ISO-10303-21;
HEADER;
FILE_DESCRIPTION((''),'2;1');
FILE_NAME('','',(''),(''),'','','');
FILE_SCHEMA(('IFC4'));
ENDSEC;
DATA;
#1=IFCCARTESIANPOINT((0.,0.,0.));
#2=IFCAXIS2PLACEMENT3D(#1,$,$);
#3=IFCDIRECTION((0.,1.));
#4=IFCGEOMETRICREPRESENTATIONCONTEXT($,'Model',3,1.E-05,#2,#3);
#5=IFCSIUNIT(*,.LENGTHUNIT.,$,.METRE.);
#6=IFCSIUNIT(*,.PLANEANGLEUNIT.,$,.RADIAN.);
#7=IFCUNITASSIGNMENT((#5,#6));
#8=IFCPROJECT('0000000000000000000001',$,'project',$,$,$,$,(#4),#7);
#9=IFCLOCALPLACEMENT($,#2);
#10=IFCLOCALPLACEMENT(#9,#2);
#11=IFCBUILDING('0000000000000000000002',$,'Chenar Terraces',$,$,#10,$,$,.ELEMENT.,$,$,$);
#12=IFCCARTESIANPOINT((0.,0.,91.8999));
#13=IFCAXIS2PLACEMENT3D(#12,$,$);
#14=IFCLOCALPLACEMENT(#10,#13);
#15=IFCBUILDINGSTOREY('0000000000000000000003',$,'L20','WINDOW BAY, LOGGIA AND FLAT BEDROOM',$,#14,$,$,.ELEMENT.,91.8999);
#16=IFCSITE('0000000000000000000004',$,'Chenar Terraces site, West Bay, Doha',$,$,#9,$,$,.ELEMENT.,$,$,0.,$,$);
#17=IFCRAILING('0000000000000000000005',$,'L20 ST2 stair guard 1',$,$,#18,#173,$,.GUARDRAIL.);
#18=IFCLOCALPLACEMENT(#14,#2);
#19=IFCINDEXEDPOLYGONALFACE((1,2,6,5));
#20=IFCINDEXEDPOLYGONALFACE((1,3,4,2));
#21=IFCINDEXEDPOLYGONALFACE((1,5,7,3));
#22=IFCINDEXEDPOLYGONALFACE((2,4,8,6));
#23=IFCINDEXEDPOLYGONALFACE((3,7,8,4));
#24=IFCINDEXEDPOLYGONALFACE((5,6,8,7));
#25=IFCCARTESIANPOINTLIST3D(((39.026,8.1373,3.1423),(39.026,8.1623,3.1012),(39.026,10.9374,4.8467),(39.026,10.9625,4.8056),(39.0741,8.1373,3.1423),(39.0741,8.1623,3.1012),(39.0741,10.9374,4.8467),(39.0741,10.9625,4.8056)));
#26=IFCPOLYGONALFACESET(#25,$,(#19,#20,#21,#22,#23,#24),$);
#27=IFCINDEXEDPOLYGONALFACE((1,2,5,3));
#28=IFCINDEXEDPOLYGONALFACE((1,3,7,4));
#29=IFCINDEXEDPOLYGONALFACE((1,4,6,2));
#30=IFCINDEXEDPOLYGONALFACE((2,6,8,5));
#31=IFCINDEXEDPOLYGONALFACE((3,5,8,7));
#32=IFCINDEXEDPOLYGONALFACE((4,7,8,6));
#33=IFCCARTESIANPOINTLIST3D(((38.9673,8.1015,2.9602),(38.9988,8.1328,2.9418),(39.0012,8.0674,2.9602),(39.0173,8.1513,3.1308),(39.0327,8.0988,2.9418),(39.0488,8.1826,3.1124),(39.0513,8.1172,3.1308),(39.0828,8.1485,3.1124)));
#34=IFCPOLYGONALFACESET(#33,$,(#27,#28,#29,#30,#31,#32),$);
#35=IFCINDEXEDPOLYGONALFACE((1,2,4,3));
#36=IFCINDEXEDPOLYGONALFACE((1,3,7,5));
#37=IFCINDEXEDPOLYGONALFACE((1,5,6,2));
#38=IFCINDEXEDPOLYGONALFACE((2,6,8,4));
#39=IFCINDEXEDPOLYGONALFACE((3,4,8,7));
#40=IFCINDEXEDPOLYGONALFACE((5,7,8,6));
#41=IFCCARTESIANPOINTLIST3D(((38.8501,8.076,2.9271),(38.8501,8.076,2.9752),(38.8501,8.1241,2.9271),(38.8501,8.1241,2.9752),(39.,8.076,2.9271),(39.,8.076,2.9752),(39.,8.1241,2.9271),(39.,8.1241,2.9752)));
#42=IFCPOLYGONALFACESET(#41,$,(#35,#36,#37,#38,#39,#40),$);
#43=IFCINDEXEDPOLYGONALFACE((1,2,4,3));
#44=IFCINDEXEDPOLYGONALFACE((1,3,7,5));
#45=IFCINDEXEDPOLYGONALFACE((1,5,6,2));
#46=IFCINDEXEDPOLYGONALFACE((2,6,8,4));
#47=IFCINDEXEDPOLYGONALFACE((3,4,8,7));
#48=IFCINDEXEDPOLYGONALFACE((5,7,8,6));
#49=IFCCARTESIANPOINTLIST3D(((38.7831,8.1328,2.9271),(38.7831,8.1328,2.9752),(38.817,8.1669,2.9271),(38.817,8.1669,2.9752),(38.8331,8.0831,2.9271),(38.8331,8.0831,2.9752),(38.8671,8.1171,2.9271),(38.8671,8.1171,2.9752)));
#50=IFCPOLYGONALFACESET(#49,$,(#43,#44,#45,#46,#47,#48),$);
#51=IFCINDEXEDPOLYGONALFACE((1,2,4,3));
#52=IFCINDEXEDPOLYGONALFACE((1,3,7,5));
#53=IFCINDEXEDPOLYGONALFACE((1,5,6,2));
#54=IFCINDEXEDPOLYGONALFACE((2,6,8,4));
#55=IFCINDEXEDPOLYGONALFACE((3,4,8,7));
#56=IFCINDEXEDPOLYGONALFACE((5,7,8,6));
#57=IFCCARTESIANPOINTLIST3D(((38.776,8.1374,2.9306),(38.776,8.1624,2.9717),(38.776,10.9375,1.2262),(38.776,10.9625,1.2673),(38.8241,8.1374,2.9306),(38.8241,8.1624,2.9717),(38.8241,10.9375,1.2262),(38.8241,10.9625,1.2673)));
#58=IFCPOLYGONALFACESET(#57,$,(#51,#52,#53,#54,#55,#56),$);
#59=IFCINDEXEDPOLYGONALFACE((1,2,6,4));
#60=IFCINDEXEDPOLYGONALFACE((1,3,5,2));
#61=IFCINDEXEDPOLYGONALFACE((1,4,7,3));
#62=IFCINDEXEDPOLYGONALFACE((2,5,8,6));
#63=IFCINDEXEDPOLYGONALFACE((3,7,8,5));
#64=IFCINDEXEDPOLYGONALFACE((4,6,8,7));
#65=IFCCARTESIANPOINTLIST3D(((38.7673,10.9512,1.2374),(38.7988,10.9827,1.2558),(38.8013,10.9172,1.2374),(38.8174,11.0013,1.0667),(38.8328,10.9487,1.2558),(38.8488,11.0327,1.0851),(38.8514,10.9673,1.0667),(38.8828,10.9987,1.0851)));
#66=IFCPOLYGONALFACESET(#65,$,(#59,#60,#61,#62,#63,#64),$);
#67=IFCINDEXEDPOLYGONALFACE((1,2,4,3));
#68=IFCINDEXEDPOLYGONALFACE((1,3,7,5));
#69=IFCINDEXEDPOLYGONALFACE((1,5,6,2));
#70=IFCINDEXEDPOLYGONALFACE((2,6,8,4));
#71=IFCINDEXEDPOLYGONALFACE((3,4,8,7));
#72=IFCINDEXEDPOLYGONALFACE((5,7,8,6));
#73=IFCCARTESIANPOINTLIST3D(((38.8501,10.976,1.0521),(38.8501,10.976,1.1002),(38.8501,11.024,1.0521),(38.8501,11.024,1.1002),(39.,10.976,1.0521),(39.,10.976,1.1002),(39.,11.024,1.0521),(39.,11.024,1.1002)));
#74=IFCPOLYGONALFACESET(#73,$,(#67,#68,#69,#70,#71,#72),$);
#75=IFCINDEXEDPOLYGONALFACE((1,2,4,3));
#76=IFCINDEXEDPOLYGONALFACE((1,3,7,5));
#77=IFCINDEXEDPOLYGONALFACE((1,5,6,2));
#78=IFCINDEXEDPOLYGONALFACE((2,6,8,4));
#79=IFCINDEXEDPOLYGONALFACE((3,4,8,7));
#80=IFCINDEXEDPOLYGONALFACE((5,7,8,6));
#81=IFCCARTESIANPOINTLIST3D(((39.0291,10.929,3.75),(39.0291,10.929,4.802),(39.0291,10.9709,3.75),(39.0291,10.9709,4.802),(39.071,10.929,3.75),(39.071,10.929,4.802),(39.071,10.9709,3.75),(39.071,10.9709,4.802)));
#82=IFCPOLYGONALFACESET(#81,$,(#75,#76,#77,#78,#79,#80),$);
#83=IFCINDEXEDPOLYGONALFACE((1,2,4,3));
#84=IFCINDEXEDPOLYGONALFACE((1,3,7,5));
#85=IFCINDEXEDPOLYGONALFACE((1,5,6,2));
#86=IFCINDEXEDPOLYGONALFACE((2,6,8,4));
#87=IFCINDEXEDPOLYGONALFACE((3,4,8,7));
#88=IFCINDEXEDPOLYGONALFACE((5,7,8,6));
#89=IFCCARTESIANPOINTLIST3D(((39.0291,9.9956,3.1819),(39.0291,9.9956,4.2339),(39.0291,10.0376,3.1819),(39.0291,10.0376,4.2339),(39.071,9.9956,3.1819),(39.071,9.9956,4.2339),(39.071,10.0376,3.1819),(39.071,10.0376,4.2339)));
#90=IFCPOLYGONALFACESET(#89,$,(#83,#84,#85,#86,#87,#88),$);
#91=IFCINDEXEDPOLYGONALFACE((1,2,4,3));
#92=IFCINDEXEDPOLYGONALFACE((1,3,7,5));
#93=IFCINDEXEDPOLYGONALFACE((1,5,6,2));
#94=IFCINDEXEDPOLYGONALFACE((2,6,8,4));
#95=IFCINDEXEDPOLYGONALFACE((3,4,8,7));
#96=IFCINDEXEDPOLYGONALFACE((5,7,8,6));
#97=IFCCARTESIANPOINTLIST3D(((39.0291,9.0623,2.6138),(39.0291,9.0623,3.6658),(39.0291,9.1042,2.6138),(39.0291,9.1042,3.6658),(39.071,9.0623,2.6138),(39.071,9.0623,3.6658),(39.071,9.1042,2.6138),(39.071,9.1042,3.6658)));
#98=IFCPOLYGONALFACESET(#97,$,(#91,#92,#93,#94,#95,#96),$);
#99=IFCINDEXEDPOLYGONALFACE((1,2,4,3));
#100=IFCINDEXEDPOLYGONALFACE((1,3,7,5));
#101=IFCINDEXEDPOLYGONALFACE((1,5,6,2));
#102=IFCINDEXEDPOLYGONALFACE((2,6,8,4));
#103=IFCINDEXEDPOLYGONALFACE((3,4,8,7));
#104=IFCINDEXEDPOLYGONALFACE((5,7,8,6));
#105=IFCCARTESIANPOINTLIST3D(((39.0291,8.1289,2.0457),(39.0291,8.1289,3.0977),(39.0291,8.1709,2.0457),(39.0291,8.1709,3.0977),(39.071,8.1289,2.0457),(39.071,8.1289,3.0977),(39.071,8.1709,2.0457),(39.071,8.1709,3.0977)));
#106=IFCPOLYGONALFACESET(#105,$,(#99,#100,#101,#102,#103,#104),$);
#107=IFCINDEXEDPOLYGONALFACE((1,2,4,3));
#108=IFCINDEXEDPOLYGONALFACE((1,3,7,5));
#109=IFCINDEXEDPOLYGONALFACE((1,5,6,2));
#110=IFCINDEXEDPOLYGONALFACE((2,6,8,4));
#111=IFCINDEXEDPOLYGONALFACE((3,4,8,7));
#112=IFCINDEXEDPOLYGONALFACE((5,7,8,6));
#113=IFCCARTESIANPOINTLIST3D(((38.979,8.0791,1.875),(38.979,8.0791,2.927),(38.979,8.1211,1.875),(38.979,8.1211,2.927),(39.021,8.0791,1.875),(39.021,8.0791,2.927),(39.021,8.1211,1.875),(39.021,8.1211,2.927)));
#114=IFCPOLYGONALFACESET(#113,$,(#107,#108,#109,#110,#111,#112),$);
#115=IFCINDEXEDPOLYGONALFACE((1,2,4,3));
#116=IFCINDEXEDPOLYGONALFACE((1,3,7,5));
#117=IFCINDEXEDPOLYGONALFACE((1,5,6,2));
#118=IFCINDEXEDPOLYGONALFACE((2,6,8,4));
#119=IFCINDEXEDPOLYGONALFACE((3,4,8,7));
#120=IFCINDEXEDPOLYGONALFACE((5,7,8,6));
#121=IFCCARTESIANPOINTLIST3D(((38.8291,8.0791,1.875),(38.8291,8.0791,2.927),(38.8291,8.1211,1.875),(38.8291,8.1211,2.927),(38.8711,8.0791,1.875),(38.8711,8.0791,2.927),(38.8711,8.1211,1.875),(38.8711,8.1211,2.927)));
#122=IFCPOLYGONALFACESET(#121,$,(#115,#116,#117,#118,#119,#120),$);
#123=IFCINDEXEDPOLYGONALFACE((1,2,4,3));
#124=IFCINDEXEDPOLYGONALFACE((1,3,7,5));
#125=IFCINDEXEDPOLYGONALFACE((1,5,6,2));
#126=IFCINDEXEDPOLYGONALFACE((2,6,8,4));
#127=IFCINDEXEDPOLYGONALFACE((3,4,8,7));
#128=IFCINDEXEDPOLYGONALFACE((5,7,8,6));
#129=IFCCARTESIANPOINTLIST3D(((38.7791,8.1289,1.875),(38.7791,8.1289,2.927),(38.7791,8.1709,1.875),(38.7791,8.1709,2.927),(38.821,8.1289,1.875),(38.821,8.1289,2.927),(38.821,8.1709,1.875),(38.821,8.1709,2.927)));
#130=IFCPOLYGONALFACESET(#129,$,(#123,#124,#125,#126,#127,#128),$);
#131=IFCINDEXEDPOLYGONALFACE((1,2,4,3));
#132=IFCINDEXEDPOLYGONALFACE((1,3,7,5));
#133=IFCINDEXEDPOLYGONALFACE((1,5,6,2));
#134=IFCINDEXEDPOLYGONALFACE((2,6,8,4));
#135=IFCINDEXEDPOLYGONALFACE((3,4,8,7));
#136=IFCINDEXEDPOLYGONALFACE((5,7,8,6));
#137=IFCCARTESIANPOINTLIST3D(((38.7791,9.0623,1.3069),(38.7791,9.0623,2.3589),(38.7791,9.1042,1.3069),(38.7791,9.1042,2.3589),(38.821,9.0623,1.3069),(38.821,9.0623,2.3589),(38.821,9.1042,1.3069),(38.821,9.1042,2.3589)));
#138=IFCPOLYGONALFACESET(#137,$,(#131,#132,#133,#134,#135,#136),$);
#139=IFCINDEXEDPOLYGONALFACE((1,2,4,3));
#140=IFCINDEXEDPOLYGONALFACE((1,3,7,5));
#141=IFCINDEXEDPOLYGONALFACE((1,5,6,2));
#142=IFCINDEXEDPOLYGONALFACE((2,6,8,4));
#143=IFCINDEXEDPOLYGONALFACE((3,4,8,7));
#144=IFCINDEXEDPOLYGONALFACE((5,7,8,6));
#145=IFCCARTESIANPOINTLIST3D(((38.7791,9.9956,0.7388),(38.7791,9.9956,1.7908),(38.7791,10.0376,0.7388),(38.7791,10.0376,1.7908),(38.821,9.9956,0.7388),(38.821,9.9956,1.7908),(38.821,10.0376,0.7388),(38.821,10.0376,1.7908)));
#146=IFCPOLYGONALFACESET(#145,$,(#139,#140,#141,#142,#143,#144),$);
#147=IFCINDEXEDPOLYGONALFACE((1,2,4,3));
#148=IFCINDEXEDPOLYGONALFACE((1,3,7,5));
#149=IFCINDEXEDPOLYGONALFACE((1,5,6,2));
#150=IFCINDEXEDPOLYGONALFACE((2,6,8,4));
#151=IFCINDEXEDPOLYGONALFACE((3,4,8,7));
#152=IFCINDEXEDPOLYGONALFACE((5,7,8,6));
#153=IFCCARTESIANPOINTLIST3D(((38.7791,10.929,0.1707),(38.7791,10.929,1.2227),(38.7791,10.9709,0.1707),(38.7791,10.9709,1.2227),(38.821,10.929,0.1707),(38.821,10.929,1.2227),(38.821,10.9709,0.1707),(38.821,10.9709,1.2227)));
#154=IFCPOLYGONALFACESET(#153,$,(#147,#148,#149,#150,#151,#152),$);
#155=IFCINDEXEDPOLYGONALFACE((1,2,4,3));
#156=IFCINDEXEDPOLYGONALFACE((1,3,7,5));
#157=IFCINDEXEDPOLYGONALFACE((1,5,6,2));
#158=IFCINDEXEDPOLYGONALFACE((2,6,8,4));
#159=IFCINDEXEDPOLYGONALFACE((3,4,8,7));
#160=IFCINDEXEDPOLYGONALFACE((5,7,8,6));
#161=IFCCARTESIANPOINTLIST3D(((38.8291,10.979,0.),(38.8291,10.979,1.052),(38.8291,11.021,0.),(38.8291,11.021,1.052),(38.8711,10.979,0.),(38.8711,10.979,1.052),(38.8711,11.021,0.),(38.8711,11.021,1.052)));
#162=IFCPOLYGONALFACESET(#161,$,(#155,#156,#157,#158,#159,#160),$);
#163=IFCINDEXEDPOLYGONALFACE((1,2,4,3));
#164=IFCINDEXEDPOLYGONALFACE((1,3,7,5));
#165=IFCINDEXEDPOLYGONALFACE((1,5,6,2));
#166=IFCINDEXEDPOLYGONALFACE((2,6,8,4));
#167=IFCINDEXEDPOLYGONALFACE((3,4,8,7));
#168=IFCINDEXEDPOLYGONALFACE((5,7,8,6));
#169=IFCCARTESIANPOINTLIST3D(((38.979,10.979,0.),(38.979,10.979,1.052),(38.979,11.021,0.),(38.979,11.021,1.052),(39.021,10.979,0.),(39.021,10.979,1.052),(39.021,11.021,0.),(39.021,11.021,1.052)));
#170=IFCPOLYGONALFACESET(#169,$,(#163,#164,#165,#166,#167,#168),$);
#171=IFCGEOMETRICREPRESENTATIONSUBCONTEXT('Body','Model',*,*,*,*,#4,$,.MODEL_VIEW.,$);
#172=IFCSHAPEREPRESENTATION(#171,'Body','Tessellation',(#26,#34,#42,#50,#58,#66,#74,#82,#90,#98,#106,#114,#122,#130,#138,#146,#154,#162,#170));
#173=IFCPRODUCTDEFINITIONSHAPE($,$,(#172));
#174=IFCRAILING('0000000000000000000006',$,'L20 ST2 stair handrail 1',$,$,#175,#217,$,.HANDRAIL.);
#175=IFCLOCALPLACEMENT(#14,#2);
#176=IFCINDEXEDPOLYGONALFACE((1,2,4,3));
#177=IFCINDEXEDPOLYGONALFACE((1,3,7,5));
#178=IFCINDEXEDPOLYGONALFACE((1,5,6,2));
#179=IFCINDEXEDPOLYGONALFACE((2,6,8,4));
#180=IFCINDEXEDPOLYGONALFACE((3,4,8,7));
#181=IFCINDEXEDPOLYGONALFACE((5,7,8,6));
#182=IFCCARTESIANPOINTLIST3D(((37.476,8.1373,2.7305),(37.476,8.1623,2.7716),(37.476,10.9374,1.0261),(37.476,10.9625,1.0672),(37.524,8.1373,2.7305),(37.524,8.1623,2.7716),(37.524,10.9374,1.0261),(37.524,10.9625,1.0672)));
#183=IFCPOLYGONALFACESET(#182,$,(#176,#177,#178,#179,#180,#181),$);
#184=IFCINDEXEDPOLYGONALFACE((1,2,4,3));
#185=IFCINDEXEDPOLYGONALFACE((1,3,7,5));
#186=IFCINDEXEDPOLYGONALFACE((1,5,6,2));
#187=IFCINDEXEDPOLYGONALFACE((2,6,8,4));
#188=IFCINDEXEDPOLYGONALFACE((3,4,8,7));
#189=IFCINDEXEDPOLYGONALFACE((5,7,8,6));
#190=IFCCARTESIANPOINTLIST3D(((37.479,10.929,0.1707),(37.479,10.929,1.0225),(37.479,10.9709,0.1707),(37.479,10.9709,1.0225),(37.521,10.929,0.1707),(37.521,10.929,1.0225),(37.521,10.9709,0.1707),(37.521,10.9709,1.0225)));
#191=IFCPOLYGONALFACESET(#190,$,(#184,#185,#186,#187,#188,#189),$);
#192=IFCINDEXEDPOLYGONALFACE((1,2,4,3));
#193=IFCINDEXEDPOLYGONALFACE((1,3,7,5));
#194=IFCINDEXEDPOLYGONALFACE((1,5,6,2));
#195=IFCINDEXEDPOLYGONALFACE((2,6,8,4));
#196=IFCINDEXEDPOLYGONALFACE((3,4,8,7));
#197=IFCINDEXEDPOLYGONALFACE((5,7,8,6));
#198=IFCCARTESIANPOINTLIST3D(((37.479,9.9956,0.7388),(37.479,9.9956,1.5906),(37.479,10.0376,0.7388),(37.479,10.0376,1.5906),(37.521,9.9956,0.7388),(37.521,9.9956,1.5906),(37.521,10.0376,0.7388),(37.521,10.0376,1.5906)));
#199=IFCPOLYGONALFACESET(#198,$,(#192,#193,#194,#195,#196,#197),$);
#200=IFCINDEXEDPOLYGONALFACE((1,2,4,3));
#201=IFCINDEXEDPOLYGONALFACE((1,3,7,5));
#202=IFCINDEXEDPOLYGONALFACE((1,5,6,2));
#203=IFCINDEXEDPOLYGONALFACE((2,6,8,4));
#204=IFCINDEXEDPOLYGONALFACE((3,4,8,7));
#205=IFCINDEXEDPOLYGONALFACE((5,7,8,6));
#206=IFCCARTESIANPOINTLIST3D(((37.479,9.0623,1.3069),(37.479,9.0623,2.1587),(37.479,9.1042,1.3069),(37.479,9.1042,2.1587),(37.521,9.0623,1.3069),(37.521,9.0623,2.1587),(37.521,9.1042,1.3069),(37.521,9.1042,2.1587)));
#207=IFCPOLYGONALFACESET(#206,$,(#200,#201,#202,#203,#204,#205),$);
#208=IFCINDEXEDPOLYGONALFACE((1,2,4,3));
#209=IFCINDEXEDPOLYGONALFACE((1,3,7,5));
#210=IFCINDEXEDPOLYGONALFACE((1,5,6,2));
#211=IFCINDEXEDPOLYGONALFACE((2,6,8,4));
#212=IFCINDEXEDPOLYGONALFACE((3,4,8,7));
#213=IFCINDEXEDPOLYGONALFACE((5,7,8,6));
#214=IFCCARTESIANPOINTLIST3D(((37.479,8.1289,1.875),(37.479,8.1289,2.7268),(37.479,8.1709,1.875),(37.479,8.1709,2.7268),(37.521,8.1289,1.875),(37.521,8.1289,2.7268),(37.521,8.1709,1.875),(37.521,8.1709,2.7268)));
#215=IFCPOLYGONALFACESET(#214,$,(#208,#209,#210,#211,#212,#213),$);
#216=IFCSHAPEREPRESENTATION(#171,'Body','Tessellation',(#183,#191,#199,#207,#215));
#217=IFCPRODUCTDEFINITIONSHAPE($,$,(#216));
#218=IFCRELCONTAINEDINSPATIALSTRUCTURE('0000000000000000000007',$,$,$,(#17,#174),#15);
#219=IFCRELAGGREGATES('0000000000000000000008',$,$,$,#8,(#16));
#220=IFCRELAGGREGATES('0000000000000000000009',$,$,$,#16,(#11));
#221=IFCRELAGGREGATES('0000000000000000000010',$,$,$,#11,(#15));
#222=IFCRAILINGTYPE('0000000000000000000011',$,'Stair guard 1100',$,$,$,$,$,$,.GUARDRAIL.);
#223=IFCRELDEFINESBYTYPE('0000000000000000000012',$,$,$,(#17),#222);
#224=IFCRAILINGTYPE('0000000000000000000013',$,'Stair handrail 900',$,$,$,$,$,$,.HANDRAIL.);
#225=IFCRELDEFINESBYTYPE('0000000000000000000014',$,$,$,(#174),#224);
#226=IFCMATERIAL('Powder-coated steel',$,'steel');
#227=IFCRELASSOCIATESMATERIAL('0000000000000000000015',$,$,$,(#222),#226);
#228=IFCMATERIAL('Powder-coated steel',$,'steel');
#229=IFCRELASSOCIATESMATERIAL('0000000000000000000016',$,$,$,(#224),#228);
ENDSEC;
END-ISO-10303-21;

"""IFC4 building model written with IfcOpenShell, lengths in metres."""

from ifc_helpers import new_model, si_unit, direction, frame, origin, origin_2d, place, context, subcontext, project, spatial, rectangle, extrude, material, type_object, element, save


model = new_model("IFC4")

# Units and contexts
model_context = context("Model", 3, precision=1e-05, world=origin(), true_north=direction((0.0, 1.0)))
body_context = subcontext(model_context, "Body", "Model", "MODEL_VIEW")
ifc_project = project(units=[si_unit("LENGTHUNIT", "METRE"), si_unit("PLANEANGLEUNIT", "RADIAN")], contexts=[model_context])

# Site, building, storey
site_placement = place(None, origin())
site = spatial("IfcSite", under=ifc_project, at=site_placement, Name="Chenar Terraces site, West Bay, Doha", CompositionType="ELEMENT", RefElevation=0.0)
building_placement = place(site_placement, origin())
building = spatial("IfcBuilding", under=site, at=building_placement, Name="Chenar Terraces", CompositionType="ELEMENT")
storey_placement = place(building_placement, frame((0.0, 0.0, 91.8999)))
storey = spatial("IfcBuildingStorey", under=building, at=storey_placement, Name="L20", Description="WINDOW BAY, LOGGIA AND FLAT BEDROOM", CompositionType="ELEMENT", Elevation=91.8999)

# Railings
ifc_material_1 = material(Name="Powder-coated steel", Category="steel")
railing_type_1 = type_object("IfcRailingType", Name="Stair guard 1100", PredefinedType="GUARDRAIL", material=ifc_material_1)
railing_1_placement = place(storey_placement, frame((39.05, 10.95, 3.75)))
element("IfcRailing", 1, at=railing_1_placement, inside=storey, type_object=railing_type_1, Name="L20 ST2 stair guard 1", PredefinedType="GUARDRAIL", context=body_context, shape_type="SweptSolid", body=[
    extrude(rectangle(XDim=0.0481, YDim=0.0481, at=origin_2d()), frame((0.0, 0.0, 1.0762), z_axis=(0.0, -0.854203, -0.51994), x_axis=(1.0, 0.0, 0.0)), (0.0, 0.0, 1.0), 3.2781),
    extrude(rectangle(XDim=0.0481, YDim=0.0481, at=origin_2d()), frame((0.0, -2.8, -0.6284), z_axis=(-0.270997, -0.269675, -0.924033), x_axis=(0.705376, -0.708834, 0.0)), (0.0, 0.0, 1.0), 0.1846),
    extrude(rectangle(XDim=0.0481, YDim=0.0481, at=origin_2d()), frame((-0.05, -2.8499, -0.7988), z_axis=(-1.0, 0.0, 0.0), x_axis=(0.0, -1.0, 0.0)), (0.0, 0.0, 1.0), 0.1499),
    extrude(rectangle(XDim=0.0481, YDim=0.0481, at=origin_2d()), frame((-0.2, -2.8499, -0.7988), z_axis=(-0.708834, 0.705376, 0.0), x_axis=(-0.705376, -0.708834, 0.0)), (0.0, 0.0, 1.0), 0.0706),
    extrude(rectangle(XDim=0.0481, YDim=0.0481, at=origin_2d()), frame((-0.25, -2.8, -0.7988), z_axis=(0.0, 0.854203, -0.51994), x_axis=(-1.0, 0.0, 0.0)), (0.0, 0.0, 1.0), 3.2781),
    extrude(rectangle(XDim=0.0481, YDim=0.0481, at=origin_2d()), frame((-0.25, 0.0, -2.5034), z_axis=(0.2709, 0.2709, -0.923703), x_axis=(-0.707107, 0.707107, 0.0)), (0.0, 0.0, 1.0), 0.1848),
    extrude(rectangle(XDim=0.0481, YDim=0.0481, at=origin_2d()), frame((-0.2, 0.05, -2.6738), z_axis=(1.0, 0.0, 0.0), x_axis=(0.0, 1.0, 0.0)), (0.0, 0.0, 1.0), 0.1499),
    extrude(rectangle(XDim=0.042, YDim=0.042, at=origin_2d()), origin(), (0.0, 0.0, 1.0), 1.052),
    extrude(rectangle(XDim=0.042, YDim=0.042, at=origin_2d()), frame((0.0, -0.9333, -0.5681)), (0.0, 0.0, 1.0), 1.052),
    extrude(rectangle(XDim=0.042, YDim=0.042, at=origin_2d()), frame((0.0, -1.8667, -1.1362)), (0.0, 0.0, 1.0), 1.052),
    extrude(rectangle(XDim=0.042, YDim=0.042, at=origin_2d()), frame((0.0, -2.8, -1.7043)), (0.0, 0.0, 1.0), 1.052),
    extrude(rectangle(XDim=0.042, YDim=0.042, at=origin_2d()), frame((-0.05, -2.8499, -1.875)), (0.0, 0.0, 1.0), 1.052),
    extrude(rectangle(XDim=0.042, YDim=0.042, at=origin_2d()), frame((-0.2, -2.8499, -1.875)), (0.0, 0.0, 1.0), 1.052),
    extrude(rectangle(XDim=0.042, YDim=0.042, at=origin_2d()), frame((-0.25, -2.8, -1.875)), (0.0, 0.0, 1.0), 1.052),
    extrude(rectangle(XDim=0.042, YDim=0.042, at=origin_2d()), frame((-0.25, -1.8667, -2.4431)), (0.0, 0.0, 1.0), 1.052),
    extrude(rectangle(XDim=0.042, YDim=0.042, at=origin_2d()), frame((-0.25, -0.9333, -3.0112)), (0.0, 0.0, 1.0), 1.052),
    extrude(rectangle(XDim=0.042, YDim=0.042, at=origin_2d()), frame((-0.25, 0.0, -3.5793)), (0.0, 0.0, 1.0), 1.052),
    extrude(rectangle(XDim=0.042, YDim=0.042, at=origin_2d()), frame((-0.2, 0.05, -3.75)), (0.0, 0.0, 1.0), 1.052),
    extrude(rectangle(XDim=0.042, YDim=0.042, at=origin_2d()), frame((-0.05, 0.05, -3.75)), (0.0, 0.0, 1.0), 1.052),
])
ifc_material_2 = material(Name="Powder-coated steel", Category="steel")
railing_type_2 = type_object("IfcRailingType", Name="Stair handrail 900", PredefinedType="HANDRAIL", material=ifc_material_2)
railing_2_placement = place(storey_placement, frame((37.5, 10.95, 0.1707)))
element("IfcRailing", 2, at=railing_2_placement, inside=storey, type_object=railing_type_2, Name="L20 ST2 stair handrail 1", PredefinedType="HANDRAIL", context=body_context, shape_type="SweptSolid", body=[
    extrude(rectangle(XDim=0.0481, YDim=0.0481, at=origin_2d()), frame((0.0, 0.0, 0.876), z_axis=(0.0, -0.854203, 0.51994), x_axis=(1.0, 0.0, 0.0)), (0.0, 0.0, 1.0), 3.2781),
    extrude(rectangle(XDim=0.042, YDim=0.042, at=origin_2d()), origin(), (0.0, 0.0, 1.0), 0.8518),
    extrude(rectangle(XDim=0.042, YDim=0.042, at=origin_2d()), frame((0.0, -0.9333, 0.5681)), (0.0, 0.0, 1.0), 0.8518),
    extrude(rectangle(XDim=0.042, YDim=0.042, at=origin_2d()), frame((0.0, -1.8667, 1.1362)), (0.0, 0.0, 1.0), 0.8518),
    extrude(rectangle(XDim=0.042, YDim=0.042, at=origin_2d()), frame((0.0, -2.8, 1.7043)), (0.0, 0.0, 1.0), 0.8518),
])

save(model, "model.ifc")
